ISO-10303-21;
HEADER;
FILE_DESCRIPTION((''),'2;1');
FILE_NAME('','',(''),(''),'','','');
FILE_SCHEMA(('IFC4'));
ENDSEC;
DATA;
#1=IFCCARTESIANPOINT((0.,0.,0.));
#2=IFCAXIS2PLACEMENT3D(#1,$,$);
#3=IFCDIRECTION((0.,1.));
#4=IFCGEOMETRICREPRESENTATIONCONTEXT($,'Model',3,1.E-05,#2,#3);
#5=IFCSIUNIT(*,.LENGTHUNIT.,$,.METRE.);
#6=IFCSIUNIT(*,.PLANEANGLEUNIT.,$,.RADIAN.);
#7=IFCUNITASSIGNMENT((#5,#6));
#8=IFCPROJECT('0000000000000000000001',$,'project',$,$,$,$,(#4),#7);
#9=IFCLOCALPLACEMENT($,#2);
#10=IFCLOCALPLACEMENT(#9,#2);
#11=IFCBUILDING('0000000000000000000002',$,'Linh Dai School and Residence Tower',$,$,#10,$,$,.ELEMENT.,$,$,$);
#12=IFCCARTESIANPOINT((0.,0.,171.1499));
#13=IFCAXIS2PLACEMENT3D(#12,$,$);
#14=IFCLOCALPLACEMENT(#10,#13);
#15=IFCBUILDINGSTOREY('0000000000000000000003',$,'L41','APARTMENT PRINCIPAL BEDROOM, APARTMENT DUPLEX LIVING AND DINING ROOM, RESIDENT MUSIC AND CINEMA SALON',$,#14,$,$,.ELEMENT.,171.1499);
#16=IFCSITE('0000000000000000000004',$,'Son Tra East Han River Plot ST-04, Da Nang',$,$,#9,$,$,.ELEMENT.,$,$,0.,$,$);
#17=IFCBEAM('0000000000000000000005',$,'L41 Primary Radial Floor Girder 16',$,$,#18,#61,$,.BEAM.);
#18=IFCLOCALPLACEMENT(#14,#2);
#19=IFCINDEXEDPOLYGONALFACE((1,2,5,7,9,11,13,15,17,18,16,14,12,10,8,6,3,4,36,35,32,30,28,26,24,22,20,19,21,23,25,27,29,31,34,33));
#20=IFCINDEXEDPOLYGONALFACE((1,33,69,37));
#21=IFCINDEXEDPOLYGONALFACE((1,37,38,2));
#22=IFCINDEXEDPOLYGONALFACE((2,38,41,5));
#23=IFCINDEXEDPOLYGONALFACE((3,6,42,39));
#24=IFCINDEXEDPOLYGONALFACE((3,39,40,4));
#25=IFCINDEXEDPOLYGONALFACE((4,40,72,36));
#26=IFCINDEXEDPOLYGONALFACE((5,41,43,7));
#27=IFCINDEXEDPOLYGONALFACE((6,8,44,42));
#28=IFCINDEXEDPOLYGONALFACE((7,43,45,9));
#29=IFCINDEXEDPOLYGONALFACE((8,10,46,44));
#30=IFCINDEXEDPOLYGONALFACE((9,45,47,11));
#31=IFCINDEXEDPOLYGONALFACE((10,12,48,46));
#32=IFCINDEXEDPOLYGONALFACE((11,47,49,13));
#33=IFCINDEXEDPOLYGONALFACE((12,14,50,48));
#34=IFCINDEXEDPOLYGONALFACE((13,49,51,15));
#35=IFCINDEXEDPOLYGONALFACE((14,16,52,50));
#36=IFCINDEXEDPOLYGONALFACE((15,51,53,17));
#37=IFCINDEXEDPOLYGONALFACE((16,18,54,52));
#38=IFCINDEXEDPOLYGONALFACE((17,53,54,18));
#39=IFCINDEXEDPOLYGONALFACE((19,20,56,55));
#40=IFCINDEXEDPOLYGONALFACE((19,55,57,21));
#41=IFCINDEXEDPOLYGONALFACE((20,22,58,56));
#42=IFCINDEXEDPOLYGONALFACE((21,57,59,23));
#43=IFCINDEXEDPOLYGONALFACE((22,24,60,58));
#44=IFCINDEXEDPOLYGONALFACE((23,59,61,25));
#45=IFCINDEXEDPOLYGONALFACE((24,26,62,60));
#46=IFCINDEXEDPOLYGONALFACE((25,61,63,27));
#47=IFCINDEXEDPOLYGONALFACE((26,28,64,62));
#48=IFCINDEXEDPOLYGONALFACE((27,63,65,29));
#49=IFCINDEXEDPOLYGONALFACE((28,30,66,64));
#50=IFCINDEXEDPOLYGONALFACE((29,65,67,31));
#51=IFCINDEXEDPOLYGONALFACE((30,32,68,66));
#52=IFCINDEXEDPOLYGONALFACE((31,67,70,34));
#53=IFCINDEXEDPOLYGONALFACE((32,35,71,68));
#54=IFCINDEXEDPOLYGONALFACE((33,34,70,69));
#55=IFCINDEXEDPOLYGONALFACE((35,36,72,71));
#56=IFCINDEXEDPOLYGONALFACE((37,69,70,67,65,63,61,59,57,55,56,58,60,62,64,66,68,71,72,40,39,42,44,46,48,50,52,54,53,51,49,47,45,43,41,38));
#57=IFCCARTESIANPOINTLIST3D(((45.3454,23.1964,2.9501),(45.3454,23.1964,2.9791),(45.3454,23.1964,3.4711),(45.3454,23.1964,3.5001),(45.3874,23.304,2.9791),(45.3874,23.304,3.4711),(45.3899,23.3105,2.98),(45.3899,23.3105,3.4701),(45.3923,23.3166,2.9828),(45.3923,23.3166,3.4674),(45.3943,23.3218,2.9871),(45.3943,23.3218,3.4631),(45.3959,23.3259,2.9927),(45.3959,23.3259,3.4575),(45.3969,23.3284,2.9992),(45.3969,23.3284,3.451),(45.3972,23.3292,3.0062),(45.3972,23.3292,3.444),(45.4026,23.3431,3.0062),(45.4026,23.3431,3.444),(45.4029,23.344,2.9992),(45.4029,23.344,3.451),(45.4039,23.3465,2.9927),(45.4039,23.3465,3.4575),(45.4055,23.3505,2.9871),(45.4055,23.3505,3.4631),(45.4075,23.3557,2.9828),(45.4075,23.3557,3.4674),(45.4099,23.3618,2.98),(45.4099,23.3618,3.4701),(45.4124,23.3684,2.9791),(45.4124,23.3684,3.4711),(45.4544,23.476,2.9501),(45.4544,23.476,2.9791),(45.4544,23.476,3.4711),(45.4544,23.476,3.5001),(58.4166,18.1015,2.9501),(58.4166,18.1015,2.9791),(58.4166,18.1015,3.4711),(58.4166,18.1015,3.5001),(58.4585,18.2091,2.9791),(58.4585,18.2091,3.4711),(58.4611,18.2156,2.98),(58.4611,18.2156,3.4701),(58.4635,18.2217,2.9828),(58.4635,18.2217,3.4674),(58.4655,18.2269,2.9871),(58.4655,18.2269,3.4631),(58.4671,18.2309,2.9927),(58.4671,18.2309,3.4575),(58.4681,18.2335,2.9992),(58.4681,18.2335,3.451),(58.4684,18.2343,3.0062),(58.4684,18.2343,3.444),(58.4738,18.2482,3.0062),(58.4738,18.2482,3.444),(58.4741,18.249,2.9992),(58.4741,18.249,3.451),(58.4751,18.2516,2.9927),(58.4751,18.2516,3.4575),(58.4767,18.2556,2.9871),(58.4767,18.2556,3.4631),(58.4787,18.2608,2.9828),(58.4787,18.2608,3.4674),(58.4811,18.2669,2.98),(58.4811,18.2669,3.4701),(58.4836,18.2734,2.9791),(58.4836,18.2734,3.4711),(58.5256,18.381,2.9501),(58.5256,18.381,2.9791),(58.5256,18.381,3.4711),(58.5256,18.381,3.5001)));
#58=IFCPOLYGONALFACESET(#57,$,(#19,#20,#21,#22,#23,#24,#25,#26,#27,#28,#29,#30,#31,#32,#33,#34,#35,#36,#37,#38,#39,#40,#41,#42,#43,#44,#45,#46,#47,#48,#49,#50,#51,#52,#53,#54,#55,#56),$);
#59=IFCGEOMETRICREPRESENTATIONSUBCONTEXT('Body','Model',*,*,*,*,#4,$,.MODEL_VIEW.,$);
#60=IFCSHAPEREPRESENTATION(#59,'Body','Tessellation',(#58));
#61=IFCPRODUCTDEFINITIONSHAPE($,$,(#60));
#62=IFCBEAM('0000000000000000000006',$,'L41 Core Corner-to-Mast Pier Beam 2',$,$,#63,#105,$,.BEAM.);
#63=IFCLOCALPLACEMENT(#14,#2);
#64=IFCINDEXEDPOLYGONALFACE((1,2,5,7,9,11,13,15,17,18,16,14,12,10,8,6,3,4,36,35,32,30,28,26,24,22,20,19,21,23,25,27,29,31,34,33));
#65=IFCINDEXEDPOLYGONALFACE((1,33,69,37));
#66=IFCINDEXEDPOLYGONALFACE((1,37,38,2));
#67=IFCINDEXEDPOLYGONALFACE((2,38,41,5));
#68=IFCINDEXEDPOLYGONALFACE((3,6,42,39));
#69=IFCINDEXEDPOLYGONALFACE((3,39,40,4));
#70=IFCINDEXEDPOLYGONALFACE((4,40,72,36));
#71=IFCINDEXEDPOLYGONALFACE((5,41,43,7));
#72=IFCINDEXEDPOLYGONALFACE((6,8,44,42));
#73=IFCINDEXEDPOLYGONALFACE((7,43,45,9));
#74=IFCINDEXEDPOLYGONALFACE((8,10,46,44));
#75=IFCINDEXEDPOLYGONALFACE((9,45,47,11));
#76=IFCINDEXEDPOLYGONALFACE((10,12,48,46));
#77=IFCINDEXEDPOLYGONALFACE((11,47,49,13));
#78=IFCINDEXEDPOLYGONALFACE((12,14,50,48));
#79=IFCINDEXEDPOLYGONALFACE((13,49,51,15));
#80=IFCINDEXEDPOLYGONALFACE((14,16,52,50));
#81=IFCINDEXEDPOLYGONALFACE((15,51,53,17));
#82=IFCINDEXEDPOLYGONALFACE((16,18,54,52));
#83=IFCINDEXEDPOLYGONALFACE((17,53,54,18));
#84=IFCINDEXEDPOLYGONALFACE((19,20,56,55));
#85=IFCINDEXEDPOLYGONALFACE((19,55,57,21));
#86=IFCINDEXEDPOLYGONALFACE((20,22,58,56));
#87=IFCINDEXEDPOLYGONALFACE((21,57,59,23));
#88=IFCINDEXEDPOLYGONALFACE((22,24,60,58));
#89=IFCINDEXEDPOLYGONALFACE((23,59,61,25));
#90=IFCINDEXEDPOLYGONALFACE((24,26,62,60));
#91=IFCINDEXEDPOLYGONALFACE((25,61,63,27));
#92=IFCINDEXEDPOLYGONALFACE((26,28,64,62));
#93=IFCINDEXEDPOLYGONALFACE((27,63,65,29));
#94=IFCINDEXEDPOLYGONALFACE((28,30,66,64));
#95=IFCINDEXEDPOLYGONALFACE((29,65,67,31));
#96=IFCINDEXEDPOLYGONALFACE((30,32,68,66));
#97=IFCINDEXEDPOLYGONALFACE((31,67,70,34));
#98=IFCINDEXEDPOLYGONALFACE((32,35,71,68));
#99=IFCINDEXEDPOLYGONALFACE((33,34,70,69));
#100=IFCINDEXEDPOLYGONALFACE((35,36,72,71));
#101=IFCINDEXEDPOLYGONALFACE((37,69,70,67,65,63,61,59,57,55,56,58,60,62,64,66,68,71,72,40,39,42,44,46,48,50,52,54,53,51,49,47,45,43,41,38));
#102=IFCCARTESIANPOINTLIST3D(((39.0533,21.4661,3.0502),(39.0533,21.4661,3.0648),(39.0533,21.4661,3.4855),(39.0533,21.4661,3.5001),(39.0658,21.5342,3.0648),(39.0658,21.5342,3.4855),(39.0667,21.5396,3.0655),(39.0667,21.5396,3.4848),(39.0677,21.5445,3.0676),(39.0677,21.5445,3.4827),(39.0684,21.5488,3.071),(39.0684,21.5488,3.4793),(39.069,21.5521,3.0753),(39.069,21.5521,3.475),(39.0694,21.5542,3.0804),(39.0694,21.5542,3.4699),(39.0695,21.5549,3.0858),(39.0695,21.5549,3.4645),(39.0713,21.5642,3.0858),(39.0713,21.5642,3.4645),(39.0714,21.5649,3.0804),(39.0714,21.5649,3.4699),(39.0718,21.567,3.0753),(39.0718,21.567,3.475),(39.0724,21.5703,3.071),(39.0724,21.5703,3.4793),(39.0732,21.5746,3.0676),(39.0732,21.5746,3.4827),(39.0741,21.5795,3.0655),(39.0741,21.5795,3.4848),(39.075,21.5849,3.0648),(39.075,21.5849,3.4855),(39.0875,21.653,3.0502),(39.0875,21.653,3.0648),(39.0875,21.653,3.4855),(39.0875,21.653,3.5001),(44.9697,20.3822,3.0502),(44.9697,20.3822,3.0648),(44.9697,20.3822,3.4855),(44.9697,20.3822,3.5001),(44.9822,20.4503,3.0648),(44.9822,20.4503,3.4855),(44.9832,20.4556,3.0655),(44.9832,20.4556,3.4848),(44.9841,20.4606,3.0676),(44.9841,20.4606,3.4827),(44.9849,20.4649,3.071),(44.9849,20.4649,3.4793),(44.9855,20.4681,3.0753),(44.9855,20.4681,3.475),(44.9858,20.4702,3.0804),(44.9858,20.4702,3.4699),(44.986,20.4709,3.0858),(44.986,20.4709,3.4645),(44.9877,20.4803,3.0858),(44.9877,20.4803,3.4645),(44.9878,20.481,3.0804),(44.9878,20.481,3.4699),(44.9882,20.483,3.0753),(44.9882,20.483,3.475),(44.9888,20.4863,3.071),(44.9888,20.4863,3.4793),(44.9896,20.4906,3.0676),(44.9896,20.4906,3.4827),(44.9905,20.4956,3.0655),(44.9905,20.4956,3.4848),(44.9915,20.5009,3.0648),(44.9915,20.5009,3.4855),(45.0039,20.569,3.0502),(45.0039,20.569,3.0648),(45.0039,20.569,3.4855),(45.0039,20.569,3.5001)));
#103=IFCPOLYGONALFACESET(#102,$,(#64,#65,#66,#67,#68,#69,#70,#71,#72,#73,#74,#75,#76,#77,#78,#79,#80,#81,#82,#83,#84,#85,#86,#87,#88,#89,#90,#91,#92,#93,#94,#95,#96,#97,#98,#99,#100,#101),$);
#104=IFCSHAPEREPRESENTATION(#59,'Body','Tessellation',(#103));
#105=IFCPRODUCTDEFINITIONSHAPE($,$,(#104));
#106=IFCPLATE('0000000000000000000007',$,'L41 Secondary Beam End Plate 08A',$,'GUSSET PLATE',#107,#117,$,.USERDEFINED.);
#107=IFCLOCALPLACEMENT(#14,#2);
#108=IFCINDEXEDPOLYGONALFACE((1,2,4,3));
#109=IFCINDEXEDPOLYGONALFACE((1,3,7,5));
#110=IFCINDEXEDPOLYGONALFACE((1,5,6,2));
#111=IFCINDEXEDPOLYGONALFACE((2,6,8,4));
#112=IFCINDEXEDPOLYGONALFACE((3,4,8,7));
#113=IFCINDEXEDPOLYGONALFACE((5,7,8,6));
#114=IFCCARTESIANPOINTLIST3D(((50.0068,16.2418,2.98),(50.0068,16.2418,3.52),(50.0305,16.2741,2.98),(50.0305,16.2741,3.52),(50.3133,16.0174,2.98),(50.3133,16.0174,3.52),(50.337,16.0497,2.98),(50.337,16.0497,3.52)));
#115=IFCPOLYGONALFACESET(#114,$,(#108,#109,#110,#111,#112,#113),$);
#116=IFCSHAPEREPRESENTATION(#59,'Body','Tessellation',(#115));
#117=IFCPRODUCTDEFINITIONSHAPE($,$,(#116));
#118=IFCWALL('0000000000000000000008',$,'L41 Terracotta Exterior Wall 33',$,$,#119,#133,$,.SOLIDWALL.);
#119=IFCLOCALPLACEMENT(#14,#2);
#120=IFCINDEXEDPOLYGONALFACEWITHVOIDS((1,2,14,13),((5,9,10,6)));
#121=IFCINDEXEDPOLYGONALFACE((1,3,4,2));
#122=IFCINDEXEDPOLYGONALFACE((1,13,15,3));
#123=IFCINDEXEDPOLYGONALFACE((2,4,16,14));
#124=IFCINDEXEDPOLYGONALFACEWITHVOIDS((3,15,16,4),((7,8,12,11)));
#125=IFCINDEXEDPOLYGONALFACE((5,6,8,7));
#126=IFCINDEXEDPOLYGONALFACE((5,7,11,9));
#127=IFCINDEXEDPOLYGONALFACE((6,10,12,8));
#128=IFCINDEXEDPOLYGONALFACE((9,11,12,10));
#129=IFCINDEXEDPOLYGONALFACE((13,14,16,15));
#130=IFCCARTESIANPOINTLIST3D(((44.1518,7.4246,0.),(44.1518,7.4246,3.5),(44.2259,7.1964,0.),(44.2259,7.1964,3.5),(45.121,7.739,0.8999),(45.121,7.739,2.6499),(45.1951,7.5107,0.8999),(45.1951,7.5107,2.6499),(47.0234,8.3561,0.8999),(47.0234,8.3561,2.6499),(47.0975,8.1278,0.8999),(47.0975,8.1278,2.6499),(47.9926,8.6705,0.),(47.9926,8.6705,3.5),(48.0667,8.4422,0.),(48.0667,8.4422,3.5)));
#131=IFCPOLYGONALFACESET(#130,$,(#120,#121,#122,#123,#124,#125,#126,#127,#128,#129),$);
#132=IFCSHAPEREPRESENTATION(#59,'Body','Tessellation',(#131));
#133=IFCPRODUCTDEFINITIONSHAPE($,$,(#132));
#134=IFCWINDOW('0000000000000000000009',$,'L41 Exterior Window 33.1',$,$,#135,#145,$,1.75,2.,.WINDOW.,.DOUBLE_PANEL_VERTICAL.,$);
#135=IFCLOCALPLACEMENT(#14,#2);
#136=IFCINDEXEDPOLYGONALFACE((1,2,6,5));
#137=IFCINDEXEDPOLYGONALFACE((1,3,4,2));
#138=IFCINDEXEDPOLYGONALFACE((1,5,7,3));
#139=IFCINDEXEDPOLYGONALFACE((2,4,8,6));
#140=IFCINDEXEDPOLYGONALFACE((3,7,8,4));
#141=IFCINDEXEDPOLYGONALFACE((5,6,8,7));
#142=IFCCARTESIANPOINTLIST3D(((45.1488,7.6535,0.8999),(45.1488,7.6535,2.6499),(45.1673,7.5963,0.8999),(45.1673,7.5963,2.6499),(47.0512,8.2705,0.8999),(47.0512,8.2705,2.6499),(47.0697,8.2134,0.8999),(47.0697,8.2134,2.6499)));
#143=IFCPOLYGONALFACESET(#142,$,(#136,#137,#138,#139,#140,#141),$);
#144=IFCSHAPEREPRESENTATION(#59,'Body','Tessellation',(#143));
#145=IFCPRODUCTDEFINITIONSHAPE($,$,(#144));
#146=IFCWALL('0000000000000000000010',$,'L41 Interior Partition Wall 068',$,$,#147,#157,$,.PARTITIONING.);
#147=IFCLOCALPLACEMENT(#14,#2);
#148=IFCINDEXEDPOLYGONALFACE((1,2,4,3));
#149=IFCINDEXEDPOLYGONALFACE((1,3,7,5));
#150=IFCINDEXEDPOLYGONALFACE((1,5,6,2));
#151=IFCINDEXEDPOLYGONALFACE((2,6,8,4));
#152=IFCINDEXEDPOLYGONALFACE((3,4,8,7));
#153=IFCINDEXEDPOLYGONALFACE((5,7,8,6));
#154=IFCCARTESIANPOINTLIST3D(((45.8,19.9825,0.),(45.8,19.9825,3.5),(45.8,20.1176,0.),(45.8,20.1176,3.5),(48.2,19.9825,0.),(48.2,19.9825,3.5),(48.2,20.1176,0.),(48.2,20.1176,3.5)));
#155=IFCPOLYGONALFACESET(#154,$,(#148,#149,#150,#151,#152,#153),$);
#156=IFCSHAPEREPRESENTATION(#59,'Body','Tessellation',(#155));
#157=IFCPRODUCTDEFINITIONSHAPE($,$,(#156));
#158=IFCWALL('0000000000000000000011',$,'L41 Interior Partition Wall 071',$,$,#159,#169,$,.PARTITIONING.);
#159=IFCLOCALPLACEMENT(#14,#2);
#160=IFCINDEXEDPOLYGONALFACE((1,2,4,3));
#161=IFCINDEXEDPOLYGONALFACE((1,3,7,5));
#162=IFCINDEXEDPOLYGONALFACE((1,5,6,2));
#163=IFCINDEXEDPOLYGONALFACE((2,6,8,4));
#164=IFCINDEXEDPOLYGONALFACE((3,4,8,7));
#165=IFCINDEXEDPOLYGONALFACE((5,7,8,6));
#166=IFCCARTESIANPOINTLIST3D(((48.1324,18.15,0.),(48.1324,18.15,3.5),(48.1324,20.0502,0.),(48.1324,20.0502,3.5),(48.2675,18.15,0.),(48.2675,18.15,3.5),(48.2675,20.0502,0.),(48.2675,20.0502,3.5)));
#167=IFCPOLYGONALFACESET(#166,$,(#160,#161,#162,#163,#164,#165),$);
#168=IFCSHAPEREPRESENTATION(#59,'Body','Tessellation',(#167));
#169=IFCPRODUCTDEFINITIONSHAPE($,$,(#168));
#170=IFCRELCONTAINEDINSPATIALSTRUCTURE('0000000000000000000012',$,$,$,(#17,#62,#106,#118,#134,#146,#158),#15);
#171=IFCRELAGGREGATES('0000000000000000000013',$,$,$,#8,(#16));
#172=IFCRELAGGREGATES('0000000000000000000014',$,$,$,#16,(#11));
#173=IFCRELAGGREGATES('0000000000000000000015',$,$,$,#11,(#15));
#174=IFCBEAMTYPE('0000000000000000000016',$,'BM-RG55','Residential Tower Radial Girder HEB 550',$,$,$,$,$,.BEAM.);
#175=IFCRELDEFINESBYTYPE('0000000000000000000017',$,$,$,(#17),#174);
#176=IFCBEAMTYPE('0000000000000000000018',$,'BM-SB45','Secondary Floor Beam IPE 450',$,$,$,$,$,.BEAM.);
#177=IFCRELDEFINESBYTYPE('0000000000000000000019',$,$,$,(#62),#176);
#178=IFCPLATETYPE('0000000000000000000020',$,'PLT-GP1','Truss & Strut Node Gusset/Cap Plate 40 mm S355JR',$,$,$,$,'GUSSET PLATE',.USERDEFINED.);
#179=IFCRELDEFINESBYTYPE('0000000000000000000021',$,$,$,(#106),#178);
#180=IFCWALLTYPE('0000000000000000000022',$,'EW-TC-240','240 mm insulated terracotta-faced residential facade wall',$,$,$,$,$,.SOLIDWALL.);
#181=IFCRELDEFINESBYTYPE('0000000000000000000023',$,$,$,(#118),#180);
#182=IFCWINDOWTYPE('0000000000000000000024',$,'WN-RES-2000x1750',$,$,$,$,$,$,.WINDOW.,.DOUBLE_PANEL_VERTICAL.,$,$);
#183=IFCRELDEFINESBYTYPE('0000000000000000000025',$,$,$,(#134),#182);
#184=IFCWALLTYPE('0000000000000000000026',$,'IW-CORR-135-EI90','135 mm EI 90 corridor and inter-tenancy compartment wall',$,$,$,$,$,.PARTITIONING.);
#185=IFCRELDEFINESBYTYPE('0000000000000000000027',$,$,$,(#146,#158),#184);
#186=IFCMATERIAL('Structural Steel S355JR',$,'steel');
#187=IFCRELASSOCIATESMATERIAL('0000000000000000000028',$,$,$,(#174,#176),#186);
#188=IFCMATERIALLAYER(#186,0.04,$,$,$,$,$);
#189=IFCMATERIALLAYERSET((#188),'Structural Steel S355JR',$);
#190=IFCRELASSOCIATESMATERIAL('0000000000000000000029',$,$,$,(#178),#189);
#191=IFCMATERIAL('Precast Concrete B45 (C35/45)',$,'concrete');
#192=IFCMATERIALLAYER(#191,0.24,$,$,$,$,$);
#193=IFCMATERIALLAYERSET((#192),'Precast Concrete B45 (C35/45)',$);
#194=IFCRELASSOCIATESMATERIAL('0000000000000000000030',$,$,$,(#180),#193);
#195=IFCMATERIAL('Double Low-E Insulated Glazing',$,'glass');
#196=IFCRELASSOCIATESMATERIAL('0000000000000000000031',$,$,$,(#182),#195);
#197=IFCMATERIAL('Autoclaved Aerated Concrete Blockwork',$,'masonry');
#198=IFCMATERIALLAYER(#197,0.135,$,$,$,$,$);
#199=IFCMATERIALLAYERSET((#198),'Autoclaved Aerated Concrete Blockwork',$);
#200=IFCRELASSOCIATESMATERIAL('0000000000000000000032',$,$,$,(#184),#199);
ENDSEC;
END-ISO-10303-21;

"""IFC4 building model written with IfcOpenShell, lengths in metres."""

from ifc_helpers import new_model, si_unit, direction, frame, frame_2d, origin, origin_2d, place, context, subcontext, project, spatial, rectangle, i_section, extrude, source, transform, mapped, material, layer, layer_set, material_profile, profile_set, type_object, element, fill, save


model = new_model("IFC4")

# Units and contexts
model_context = context("Model", 3, precision=1e-05, world=origin(), true_north=direction((0.0, 1.0)))
body_context = subcontext(model_context, "Body", "Model", "MODEL_VIEW")
ifc_project = project(units=[si_unit("LENGTHUNIT", "METRE"), si_unit("PLANEANGLEUNIT", "RADIAN")], contexts=[model_context])

# Site, building, storey
site_placement = place(None, origin())
site = spatial("IfcSite", under=ifc_project, at=site_placement, Name="Son Tra East Han River Plot ST-04, Da Nang", CompositionType="ELEMENT", RefElevation=0.0)
building_placement = place(site_placement, origin())
building = spatial("IfcBuilding", under=site, at=building_placement, Name="Linh Dai School and Residence Tower", CompositionType="ELEMENT")
storey_placement = place(building_placement, frame((0.0, 0.0, 171.1499)))
storey = spatial("IfcBuildingStorey", under=building, at=storey_placement, Name="L41", Description="APARTMENT PRINCIPAL BEDROOM, APARTMENT DUPLEX LIVING AND DINING ROOM, RESIDENT MUSIC AND CINEMA SALON", CompositionType="ELEMENT", Elevation=171.1499)

# Shared definitions
ifc_material_1 = material(Name="Structural Steel S355JR", Category="steel")

# Beams
ifc_material_profile_1 = material_profile(ifc_material_1, i_section(OverallWidth=0.3, OverallDepth=0.55, WebThickness=0.0149, FlangeThickness=0.0291, FilletRadius=0.0271, at=origin_2d()), Name="HEB 550")
ifc_profile_set_1 = profile_set([ifc_material_profile_1], Name="Structural Steel S355JR")
beam_type_1 = type_object("IfcBeamType", Name="BM-RG55", Description="Residential Tower Radial Girder HEB 550", PredefinedType="BEAM", material=ifc_profile_set_1)
beam_1_placement = place(storey_placement, frame((45.3999, 23.3362, 3.2251), z_axis=(0.931723, -0.36317, 0.0), x_axis=(0.36317, 0.931723, 0.0)))
element("IfcBeam", 1, at=beam_1_placement, inside=storey, type_object=beam_type_1, Name="L41 Primary Radial Floor Girder 16", PredefinedType="BEAM", context=body_context, shape_type="SweptSolid", body=[
    extrude(i_section(OverallWidth=0.3, OverallDepth=0.55, WebThickness=0.0149, FlangeThickness=0.0291, FilletRadius=0.0271, at=origin_2d()), origin(), (0.0, 0.0, 1.0), 14.0291),
])
ifc_material_profile_2 = material_profile(ifc_material_1, i_section(OverallWidth=0.1899, OverallDepth=0.45, WebThickness=0.0095, FlangeThickness=0.0146, FilletRadius=0.021, at=origin_2d()), Name="IPE 450")
ifc_profile_set_2 = profile_set([ifc_material_profile_2], Name="Structural Steel S355JR")
beam_type_2 = type_object("IfcBeamType", Name="BM-SB45", Description="Secondary Floor Beam IPE 450", PredefinedType="BEAM", material=ifc_profile_set_2)
beam_2_placement = place(storey_placement, frame((44.9868, 20.4756, 3.2751), z_axis=(-0.983627, 0.180214, 0.0), x_axis=(-0.180214, -0.983627, 0.0)))
element("IfcBeam", 2, at=beam_2_placement, inside=storey, type_object=beam_type_2, Name="L41 Core Corner-to-Mast Pier Beam 2", PredefinedType="BEAM", context=body_context, shape_type="SweptSolid", body=[
    extrude(i_section(OverallWidth=0.1899, OverallDepth=0.45, WebThickness=0.0095, FlangeThickness=0.0146, FilletRadius=0.021, at=origin_2d()), origin(), (0.0, 0.0, 1.0), 6.0149),
])

# Plate
ifc_layer_1 = layer(ifc_material_1, 0.04)
ifc_layer_set_1 = layer_set([ifc_layer_1], Name="Structural Steel S355JR")
plate_type = type_object("IfcPlateType", Name="PLT-GP1", Description="Truss & Strut Node Gusset/Cap Plate 40 mm S355JR", ElementType="GUSSET PLATE", PredefinedType="USERDEFINED", material=ifc_layer_set_1)
shared_shape_1 = source(origin(), body_context, "Body", "SweptSolid", [
    extrude(rectangle(XDim=0.04, YDim=0.3799, at=origin_2d()), origin(), (0.0, 0.0, 1.0), 0.54),
])
plate_placement = place(storey_placement, frame((50.1719, 16.1458, 2.98), z_axis=(0.0, 0.0, 1.0), x_axis=(0.590797, 0.80682, 0.0)))
element("IfcPlate", 3, at=plate_placement, inside=storey, type_object=plate_type, Name="L41 Secondary Beam End Plate 08A", ObjectType="GUSSET PLATE", PredefinedType="USERDEFINED", context=body_context, shape_type="MappedRepresentation", body=[
    mapped(shared_shape_1, transform((0.0, 0.0, 0.0), x_axis=(1.0, 0.0, 0.0), y_axis=(0.0, 1.0, 0.0), z_axis=(0.0, 0.0, 1.0), scale=1.0)),
])

# Wall, opening, window
ifc_material_2 = material(Name="Precast Concrete B45 (C35/45)", Category="concrete")
ifc_layer_2 = layer(ifc_material_2, 0.24)
ifc_layer_set_2 = layer_set([ifc_layer_2], Name="Precast Concrete B45 (C35/45)")
wall_type_1 = type_object("IfcWallType", Name="EW-TC-240", Description="240 mm insulated terracotta-faced residential facade wall", PredefinedType="SOLIDWALL", material=ifc_layer_set_2)
wall_1_placement = place(storey_placement, frame((48.0298, 8.5564, 0.0), z_axis=(0.0, 0.0, 1.0), x_axis=(-0.95121, -0.308545, 0.0)))
wall_1 = element("IfcWall", 4, at=wall_1_placement, inside=storey, type_object=wall_type_1, Name="L41 Terracotta Exterior Wall 33", PredefinedType="SOLIDWALL", context=body_context, shape_type="SweptSolid", body=[
    extrude(rectangle(XDim=4.0378, YDim=0.24, at=frame_2d((2.019, 0.0))), origin(), (0.0, 0.0, 1.0), 3.5),
])
opening_1_placement = place(wall_1_placement, frame((1.019, 0.0, 0.8999)))
opening_1 = element("IfcOpeningElement", 5, at=opening_1_placement, cuts=wall_1, PredefinedType="OPENING", context=body_context, shape_type="SweptSolid", body=[
    extrude(rectangle(XDim=2.0, YDim=1.75, at=origin_2d()), frame((1.0, 0.1299, 0.875), z_axis=(0.0, -1.0, 0.0), x_axis=(1.0, 0.0, 0.0)), (0.0, 0.0, 1.0), 0.26),
])
ifc_material_3 = material(Name="Double Low-E Insulated Glazing", Category="glass")
window_type = type_object("IfcWindowType", Name="WN-RES-2000x1750", PartitioningType="DOUBLE_PANEL_VERTICAL", PredefinedType="WINDOW", material=ifc_material_3)
shared_shape_2 = source(origin(), body_context, "Body", "SweptSolid", [
    extrude(rectangle(XDim=2.0, YDim=1.75, at=origin_2d()), frame((1.0, 0.03, 0.875), z_axis=(0.0, -1.0, 0.0), x_axis=(1.0, 0.0, 0.0)), (0.0, 0.0, 1.0), 0.0601),
])
window_placement = place(opening_1_placement, origin())
window = element("IfcWindow", 6, at=window_placement, inside=storey, type_object=window_type, Name="L41 Exterior Window 33.1", OverallHeight=1.75, OverallWidth=2.0, PartitioningType="DOUBLE_PANEL_VERTICAL", PredefinedType="WINDOW", context=body_context, shape_type="MappedRepresentation", body=[
    mapped(shared_shape_2, transform((0.0, 0.0, 0.0), x_axis=(1.0, 0.0, 0.0), y_axis=(0.0, 1.0, 0.0), z_axis=(0.0, 0.0, 1.0), scale=1.0)),
])
fill(opening_1, window)

# Walls
ifc_material_4 = material(Name="Autoclaved Aerated Concrete Blockwork", Category="masonry")
ifc_layer_3 = layer(ifc_material_4, 0.135)
ifc_layer_set_3 = layer_set([ifc_layer_3], Name="Autoclaved Aerated Concrete Blockwork")
wall_type_2 = type_object("IfcWallType", Name="IW-CORR-135-EI90", Description="135 mm EI 90 corridor and inter-tenancy compartment wall", PredefinedType="PARTITIONING", material=ifc_layer_set_3)
wall_2_placement = place(storey_placement, frame((45.8, 20.05, 0.0), z_axis=(0.0, 0.0, 1.0), x_axis=(1.0, 0.0, 0.0)))
element("IfcWall", 7, at=wall_2_placement, inside=storey, type_object=wall_type_2, Name="L41 Interior Partition Wall 068", PredefinedType="PARTITIONING", context=body_context, shape_type="SweptSolid", body=[
    extrude(rectangle(XDim=2.3999, YDim=0.135, at=frame_2d((1.2, 0.0))), origin(), (0.0, 0.0, 1.0), 3.5),
])
wall_3_placement = place(storey_placement, frame((48.2, 18.1499, 0.0), z_axis=(0.0, 0.0, 1.0), x_axis=(0.0, 1.0, 0.0)))
element("IfcWall", 8, at=wall_3_placement, inside=storey, type_object=wall_type_2, Name="L41 Interior Partition Wall 071", PredefinedType="PARTITIONING", context=body_context, shape_type="SweptSolid", body=[
    extrude(rectangle(XDim=1.9001, YDim=0.135, at=frame_2d((0.9502, 0.0))), origin(), (0.0, 0.0, 1.0), 3.5),
])

save(model, "model.ifc")
